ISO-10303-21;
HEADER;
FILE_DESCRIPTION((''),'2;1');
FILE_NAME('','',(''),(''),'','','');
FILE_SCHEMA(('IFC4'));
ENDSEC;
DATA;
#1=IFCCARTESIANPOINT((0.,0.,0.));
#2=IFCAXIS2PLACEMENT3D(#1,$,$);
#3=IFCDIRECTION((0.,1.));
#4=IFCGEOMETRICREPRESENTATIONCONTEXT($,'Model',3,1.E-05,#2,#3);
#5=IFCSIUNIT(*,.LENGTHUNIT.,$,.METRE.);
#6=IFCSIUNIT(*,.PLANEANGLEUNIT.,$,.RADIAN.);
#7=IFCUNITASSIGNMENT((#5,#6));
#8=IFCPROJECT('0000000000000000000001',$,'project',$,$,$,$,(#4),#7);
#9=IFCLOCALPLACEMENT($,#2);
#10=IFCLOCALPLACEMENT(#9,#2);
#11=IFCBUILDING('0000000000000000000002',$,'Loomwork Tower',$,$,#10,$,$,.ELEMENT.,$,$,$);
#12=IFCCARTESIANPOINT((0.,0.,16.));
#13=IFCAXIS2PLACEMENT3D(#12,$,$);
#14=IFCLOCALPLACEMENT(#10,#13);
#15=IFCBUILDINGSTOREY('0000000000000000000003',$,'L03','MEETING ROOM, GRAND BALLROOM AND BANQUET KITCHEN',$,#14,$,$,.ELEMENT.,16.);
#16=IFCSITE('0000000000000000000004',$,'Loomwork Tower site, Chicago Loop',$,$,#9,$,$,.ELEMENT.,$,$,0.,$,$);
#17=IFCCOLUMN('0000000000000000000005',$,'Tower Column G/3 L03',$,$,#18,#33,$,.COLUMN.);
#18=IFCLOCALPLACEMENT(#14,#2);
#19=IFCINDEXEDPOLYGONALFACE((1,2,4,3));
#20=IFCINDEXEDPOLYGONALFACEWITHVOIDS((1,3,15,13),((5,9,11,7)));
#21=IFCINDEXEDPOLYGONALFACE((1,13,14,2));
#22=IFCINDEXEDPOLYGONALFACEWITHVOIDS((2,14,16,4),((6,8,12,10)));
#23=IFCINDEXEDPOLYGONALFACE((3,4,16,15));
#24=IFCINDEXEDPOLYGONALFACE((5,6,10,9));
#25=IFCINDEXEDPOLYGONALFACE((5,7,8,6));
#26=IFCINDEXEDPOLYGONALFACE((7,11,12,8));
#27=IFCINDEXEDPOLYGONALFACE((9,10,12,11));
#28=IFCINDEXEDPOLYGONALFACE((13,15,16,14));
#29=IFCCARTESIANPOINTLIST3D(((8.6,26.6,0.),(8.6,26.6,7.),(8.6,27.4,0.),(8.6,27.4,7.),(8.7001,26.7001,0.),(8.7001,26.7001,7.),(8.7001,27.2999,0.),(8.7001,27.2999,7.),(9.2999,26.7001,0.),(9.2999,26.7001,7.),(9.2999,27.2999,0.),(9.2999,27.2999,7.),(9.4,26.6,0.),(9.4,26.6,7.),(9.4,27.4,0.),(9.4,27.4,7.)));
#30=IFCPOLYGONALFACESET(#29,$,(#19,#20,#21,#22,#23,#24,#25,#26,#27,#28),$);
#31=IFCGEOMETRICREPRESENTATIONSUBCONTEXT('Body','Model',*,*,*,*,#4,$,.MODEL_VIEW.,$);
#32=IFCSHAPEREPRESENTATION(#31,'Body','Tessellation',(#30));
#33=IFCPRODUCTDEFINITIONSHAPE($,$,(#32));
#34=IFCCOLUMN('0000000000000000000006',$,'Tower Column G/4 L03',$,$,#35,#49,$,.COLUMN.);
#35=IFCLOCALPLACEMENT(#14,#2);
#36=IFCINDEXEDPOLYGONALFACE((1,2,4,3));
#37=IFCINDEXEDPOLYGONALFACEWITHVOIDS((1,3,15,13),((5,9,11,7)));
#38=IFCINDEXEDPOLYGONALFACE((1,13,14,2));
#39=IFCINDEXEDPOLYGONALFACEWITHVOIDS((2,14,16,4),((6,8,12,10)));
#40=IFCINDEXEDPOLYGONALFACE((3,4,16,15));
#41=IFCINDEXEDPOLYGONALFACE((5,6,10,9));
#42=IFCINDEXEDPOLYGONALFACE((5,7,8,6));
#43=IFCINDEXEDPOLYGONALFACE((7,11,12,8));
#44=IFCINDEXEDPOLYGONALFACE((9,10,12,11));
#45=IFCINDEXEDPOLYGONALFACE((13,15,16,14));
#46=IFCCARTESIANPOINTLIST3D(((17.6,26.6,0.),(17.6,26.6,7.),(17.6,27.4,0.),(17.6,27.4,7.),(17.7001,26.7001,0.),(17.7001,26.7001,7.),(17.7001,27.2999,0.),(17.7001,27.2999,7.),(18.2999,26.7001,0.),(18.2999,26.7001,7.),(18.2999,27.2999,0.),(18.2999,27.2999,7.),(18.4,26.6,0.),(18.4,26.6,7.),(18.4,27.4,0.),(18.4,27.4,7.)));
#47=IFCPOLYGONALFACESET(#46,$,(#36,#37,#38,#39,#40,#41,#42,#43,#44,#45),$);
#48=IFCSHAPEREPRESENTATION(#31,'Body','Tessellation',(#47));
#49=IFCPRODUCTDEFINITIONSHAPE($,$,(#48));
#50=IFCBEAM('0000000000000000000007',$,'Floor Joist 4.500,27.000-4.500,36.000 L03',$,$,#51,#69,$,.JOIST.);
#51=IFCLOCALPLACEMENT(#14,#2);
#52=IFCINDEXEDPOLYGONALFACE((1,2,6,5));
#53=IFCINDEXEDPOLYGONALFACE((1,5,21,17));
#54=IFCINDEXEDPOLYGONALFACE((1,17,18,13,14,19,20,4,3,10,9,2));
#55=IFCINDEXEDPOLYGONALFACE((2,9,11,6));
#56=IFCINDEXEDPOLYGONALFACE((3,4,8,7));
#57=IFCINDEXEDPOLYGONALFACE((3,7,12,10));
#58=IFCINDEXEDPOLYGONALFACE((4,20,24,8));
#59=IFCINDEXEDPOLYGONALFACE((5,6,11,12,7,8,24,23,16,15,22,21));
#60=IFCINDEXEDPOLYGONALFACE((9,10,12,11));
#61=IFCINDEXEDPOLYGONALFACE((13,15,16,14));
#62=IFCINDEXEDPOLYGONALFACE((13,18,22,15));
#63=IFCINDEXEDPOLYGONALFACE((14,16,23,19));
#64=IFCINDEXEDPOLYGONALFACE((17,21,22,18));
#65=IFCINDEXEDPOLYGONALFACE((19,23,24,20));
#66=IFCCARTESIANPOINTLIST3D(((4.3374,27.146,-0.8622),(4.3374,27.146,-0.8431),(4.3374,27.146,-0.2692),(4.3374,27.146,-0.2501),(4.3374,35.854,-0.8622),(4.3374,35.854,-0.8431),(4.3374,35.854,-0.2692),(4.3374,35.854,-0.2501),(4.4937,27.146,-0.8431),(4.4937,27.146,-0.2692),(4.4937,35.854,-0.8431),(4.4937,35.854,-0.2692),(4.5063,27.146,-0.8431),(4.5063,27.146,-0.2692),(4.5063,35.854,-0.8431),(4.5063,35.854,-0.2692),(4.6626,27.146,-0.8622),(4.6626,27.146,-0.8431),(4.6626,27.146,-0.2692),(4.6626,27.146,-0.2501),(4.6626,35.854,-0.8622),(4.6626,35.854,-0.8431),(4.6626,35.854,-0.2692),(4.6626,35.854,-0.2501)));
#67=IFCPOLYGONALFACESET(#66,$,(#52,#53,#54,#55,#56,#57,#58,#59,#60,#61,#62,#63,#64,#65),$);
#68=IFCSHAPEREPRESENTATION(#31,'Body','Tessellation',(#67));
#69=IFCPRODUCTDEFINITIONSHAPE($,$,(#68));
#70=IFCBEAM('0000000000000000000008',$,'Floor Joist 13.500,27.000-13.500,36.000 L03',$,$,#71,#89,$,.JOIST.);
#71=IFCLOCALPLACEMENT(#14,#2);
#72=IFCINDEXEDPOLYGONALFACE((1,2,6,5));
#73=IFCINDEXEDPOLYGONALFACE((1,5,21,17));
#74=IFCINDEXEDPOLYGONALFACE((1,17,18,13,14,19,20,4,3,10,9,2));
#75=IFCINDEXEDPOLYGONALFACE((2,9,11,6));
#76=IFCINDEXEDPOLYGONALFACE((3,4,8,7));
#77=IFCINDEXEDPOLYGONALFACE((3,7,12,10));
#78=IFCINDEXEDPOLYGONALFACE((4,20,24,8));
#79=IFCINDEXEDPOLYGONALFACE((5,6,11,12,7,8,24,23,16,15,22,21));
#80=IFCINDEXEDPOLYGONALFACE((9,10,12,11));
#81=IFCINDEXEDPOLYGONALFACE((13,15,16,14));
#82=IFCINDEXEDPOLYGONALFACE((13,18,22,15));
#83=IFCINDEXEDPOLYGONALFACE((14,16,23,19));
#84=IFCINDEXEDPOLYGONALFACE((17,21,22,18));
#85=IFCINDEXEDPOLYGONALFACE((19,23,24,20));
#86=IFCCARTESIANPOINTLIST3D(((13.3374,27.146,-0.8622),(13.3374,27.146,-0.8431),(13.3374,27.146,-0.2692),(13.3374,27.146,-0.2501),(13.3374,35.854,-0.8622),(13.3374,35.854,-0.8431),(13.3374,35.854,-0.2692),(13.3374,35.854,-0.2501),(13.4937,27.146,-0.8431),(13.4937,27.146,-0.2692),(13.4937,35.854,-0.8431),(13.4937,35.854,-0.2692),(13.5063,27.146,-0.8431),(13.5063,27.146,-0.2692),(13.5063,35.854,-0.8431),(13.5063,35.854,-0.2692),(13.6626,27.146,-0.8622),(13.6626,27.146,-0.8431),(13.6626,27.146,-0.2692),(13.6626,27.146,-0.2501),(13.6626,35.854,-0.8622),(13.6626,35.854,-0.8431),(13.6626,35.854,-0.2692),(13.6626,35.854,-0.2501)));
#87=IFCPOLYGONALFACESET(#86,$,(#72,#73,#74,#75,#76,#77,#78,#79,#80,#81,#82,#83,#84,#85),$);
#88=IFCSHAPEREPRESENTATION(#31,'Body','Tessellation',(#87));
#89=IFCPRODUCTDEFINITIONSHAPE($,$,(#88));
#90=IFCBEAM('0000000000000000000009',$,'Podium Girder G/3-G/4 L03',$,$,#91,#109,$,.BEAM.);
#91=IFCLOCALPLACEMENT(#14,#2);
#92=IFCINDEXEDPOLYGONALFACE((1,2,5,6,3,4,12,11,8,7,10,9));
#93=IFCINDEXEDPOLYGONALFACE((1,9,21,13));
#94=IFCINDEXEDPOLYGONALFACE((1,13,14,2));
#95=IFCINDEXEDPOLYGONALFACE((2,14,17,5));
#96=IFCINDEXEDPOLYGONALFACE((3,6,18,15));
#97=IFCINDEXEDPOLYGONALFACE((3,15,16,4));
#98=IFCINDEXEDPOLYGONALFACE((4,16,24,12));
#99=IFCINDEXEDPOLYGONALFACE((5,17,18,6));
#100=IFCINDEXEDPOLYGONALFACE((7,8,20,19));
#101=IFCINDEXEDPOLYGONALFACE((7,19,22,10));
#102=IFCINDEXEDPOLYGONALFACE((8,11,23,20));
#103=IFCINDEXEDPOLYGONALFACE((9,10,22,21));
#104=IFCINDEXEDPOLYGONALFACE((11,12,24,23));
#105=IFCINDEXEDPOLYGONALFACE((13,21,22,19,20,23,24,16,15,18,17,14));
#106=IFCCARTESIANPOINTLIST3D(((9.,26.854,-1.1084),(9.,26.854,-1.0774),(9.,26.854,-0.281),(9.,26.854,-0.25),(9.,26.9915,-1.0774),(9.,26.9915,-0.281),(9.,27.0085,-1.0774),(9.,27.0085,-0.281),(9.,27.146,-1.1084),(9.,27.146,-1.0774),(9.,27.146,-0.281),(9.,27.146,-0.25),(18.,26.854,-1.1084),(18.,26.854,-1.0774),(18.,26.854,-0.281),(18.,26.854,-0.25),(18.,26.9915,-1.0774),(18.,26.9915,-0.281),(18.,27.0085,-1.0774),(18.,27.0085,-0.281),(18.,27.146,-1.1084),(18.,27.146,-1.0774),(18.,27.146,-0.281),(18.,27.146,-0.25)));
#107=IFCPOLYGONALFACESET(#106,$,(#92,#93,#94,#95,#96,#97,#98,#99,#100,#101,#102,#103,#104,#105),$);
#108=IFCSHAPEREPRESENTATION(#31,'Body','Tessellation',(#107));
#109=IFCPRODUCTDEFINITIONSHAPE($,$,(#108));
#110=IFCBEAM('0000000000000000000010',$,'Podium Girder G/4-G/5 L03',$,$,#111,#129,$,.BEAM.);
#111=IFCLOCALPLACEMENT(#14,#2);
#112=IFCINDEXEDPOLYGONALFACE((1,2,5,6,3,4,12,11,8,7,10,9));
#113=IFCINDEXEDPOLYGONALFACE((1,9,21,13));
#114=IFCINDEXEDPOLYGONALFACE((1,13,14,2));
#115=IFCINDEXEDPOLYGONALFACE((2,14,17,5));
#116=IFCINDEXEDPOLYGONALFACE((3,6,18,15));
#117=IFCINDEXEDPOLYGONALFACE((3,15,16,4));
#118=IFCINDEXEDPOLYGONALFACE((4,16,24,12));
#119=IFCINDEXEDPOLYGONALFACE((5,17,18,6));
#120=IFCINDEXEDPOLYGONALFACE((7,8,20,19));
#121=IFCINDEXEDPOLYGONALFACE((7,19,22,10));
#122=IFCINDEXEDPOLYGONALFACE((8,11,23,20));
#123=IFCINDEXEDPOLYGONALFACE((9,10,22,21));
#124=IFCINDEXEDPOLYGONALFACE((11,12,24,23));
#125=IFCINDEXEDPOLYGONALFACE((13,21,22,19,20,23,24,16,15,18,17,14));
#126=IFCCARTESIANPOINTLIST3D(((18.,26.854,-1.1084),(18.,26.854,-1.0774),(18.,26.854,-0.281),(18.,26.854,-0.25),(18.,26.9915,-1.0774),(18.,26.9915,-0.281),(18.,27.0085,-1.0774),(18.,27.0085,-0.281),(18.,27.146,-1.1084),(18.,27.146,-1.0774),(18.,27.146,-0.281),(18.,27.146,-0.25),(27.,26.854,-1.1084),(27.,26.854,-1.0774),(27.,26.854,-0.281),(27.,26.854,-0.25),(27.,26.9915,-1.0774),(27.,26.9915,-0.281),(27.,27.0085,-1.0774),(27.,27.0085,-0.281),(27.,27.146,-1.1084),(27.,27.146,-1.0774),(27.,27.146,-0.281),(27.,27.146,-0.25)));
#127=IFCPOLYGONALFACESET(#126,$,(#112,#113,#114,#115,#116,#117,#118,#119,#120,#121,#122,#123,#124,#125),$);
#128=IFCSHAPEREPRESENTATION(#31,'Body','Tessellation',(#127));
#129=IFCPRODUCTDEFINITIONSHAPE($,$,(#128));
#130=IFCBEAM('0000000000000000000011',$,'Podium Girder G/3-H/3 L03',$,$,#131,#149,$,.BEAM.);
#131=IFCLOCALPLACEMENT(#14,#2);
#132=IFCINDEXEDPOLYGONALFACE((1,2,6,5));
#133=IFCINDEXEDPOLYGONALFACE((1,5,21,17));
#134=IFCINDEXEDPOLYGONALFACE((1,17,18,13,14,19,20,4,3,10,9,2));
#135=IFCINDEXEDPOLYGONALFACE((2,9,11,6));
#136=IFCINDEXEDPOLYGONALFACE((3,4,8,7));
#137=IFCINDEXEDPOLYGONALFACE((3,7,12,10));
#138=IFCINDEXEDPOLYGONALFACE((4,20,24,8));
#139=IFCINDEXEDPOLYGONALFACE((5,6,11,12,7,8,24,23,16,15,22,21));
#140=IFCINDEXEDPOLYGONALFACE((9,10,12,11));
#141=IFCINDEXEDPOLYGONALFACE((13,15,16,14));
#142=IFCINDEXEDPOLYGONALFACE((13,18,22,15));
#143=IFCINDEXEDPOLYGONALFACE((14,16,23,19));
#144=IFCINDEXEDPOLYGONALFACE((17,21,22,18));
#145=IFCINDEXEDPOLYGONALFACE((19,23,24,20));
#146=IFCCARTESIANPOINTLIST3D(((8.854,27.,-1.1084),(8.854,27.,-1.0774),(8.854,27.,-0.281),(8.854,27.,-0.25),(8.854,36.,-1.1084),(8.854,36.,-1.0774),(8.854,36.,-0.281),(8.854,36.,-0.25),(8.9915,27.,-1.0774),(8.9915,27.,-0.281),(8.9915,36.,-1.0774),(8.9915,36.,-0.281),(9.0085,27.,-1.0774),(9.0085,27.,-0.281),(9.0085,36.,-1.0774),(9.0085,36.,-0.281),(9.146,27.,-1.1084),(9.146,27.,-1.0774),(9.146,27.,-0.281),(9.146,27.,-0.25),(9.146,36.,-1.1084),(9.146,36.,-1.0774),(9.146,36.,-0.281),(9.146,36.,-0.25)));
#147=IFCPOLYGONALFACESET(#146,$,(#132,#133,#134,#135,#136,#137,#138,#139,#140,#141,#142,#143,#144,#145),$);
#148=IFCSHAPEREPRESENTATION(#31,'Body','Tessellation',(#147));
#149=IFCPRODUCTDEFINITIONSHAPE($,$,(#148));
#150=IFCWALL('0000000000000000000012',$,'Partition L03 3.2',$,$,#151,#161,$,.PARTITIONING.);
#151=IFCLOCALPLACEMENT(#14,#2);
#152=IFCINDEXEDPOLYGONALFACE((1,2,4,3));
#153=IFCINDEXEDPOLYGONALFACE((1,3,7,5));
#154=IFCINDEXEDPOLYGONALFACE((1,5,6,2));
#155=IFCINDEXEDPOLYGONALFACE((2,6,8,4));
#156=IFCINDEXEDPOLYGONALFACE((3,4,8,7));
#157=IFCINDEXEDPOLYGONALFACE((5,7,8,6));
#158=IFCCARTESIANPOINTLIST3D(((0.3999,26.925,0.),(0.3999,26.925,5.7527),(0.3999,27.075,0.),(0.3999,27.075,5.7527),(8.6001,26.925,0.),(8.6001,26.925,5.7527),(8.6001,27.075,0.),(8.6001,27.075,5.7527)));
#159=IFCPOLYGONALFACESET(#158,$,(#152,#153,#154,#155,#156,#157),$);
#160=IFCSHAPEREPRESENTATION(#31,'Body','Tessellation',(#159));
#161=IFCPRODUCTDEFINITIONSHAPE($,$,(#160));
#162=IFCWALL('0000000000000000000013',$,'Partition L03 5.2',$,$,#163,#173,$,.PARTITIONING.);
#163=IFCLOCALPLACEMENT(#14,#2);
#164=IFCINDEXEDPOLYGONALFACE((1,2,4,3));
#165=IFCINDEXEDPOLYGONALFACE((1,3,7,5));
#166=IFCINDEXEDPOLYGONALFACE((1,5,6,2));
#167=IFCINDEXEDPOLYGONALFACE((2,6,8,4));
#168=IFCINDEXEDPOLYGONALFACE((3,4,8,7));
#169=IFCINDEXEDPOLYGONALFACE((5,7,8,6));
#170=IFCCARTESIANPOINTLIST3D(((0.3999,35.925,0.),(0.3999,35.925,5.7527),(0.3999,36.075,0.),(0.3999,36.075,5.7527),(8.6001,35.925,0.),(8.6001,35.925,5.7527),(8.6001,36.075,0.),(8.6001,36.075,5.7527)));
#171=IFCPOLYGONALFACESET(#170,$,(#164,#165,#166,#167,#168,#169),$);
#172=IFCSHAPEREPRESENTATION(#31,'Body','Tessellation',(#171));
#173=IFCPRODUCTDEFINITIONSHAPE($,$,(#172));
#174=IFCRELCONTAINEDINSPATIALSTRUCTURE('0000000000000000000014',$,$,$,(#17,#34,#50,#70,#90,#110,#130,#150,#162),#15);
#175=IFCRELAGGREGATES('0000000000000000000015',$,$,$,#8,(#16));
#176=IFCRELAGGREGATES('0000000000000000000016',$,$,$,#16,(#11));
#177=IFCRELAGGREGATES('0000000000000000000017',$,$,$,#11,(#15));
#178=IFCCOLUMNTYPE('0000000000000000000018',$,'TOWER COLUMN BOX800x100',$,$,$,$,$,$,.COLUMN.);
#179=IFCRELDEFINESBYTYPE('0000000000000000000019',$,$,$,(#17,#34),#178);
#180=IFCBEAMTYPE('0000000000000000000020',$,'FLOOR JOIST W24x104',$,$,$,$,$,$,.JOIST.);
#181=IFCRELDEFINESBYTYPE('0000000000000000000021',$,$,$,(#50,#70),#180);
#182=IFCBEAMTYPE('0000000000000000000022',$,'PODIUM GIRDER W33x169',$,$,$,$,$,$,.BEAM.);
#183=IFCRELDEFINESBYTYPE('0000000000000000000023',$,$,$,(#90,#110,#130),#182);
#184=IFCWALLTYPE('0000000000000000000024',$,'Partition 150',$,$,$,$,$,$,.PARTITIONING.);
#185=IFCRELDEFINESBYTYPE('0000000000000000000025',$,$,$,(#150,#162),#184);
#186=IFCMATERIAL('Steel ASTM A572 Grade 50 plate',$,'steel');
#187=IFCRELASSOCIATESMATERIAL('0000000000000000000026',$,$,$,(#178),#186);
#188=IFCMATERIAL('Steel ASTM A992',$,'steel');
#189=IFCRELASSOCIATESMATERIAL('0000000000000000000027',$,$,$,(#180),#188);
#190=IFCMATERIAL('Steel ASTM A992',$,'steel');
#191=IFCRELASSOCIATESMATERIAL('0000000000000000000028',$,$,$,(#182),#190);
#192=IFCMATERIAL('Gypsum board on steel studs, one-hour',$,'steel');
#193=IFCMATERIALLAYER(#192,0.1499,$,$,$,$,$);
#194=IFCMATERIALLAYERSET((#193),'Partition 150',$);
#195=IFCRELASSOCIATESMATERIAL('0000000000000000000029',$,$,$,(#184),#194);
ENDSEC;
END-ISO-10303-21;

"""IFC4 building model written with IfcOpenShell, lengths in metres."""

from ifc_helpers import new_model, si_unit, direction, frame, frame_2d, origin, origin_2d, place, context, subcontext, project, spatial, rectangle, hollow_rectangle, i_section, extrude, material, layer, layer_set, material_profile, profile_set, type_object, element, save


model = new_model("IFC4")

# Units and contexts
model_context = context("Model", 3, precision=1e-05, world=origin(), true_north=direction((0.0, 1.0)))
body_context = subcontext(model_context, "Body", "Model", "MODEL_VIEW")
ifc_project = project(units=[si_unit("LENGTHUNIT", "METRE"), si_unit("PLANEANGLEUNIT", "RADIAN")], contexts=[model_context])

# Site, building, storey
site_placement = place(None, origin())
site = spatial("IfcSite", under=ifc_project, at=site_placement, Name="Loomwork Tower site, Chicago Loop", CompositionType="ELEMENT", RefElevation=0.0)
building_placement = place(site_placement, origin())
building = spatial("IfcBuilding", under=site, at=building_placement, Name="Loomwork Tower", CompositionType="ELEMENT")
storey_placement = place(building_placement, frame((0.0, 0.0, 16.0)))
storey = spatial("IfcBuildingStorey", under=building, at=storey_placement, Name="L03", Description="MEETING ROOM, GRAND BALLROOM AND BANQUET KITCHEN", CompositionType="ELEMENT", Elevation=16.0)

# Columns
ifc_material_1 = material(Name="Steel ASTM A572 Grade 50 plate", Category="steel")
ifc_material_profile_1 = material_profile(ifc_material_1, hollow_rectangle(XDim=0.8, YDim=0.8, WallThickness=0.1001, at=origin_2d()), Name="BOX800x100")
ifc_profile_set_1 = profile_set([ifc_material_profile_1], Name="Steel ASTM A572 Grade 50 plate")
column_type = type_object("IfcColumnType", Name="TOWER COLUMN BOX800x100", PredefinedType="COLUMN", material=ifc_profile_set_1)
for number, where, z_axis, x_axis, name in (
    (1, (9.0, 27.0, 0.0), (0.0, 0.0, 1.0), (1.0, 0.0, 0.0), "Tower Column G/3 L03"),
    (2, (18.0, 27.0, 0.0), (0.0, 0.0, 1.0), (1.0, 0.0, 0.0), "Tower Column G/4 L03"),
):
    element("IfcColumn", number, at=place(storey_placement, frame(where, z_axis=z_axis, x_axis=x_axis)), inside=storey, type_object=column_type, Name=name, PredefinedType="COLUMN", context=body_context, shape_type="SweptSolid", body=[
        extrude(hollow_rectangle(XDim=0.8, YDim=0.8, WallThickness=0.1001, at=origin_2d()), origin(), (0.0, 0.0, 1.0), 7.0),
    ])

# Beams
ifc_material_2 = material(Name="Steel ASTM A992", Category="steel")
ifc_material_profile_2 = material_profile(ifc_material_2, i_section(OverallWidth=0.3252, OverallDepth=0.6121, WebThickness=0.0127, FlangeThickness=0.019, at=origin_2d()), Name="W24x104")
ifc_profile_set_2 = profile_set([ifc_material_profile_2], Name="Steel ASTM A992")
beam_type_1 = type_object("IfcBeamType", Name="FLOOR JOIST W24x104", PredefinedType="JOIST", material=ifc_profile_set_2)
for number, where, z_axis, x_axis, name in (
    (3, (4.5, 27.146, -0.5562), (0.0, 1.0, 0.0), (-1.0, 0.0, 0.0), "Floor Joist 4.500,27.000-4.500,36.000 L03"),
    (4, (13.5, 27.146, -0.5562), (0.0, 1.0, 0.0), (-1.0, 0.0, 0.0), "Floor Joist 13.500,27.000-13.500,36.000 L03"),
):
    element("IfcBeam", number, at=place(storey_placement, frame(where, z_axis=z_axis, x_axis=x_axis)), inside=storey, type_object=beam_type_1, Name=name, PredefinedType="JOIST", context=body_context, shape_type="SweptSolid", body=[
        extrude(i_section(OverallWidth=0.3252, OverallDepth=0.6121, WebThickness=0.0127, FlangeThickness=0.019, at=origin_2d()), origin(), (0.0, 0.0, 1.0), 8.708),
    ])
ifc_material_3 = material(Name="Steel ASTM A992", Category="steel")
ifc_material_profile_3 = material_profile(ifc_material_3, i_section(OverallWidth=0.292, OverallDepth=0.8584, WebThickness=0.0171, FlangeThickness=0.031, at=origin_2d()), Name="W33x169")
ifc_profile_set_3 = profile_set([ifc_material_profile_3], Name="Steel ASTM A992")
beam_type_2 = type_object("IfcBeamType", Name="PODIUM GIRDER W33x169", PredefinedType="BEAM", material=ifc_profile_set_3)
for number, where, z_axis, x_axis, name in (
    (5, (9.0, 27.0, -0.6792), (1.0, 0.0, 0.0), (0.0, 1.0, 0.0), "Podium Girder G/3-G/4 L03"),
    (6, (18.0, 27.0, -0.6792), (1.0, 0.0, 0.0), (0.0, 1.0, 0.0), "Podium Girder G/4-G/5 L03"),
    (7, (9.0, 27.0, -0.6792), (0.0, 1.0, 0.0), (-1.0, 0.0, 0.0), "Podium Girder G/3-H/3 L03"),
):
    element("IfcBeam", number, at=place(storey_placement, frame(where, z_axis=z_axis, x_axis=x_axis)), inside=storey, type_object=beam_type_2, Name=name, PredefinedType="BEAM", context=body_context, shape_type="SweptSolid", body=[
        extrude(i_section(OverallWidth=0.292, OverallDepth=0.8584, WebThickness=0.0171, FlangeThickness=0.031, at=origin_2d()), origin(), (0.0, 0.0, 1.0), 9.0),
    ])

# Walls
ifc_material_4 = material(Name="Gypsum board on steel studs, one-hour", Category="steel")
ifc_layer_1 = layer(ifc_material_4, 0.1499)
ifc_layer_set_1 = layer_set([ifc_layer_1], Name="Partition 150")
wall_type = type_object("IfcWallType", Name="Partition 150", PredefinedType="PARTITIONING", material=ifc_layer_set_1)
for number, where, z_axis, x_axis, name in (
    (8, (0.3999, 27.0, 0.0), (0.0, 0.0, 1.0), (1.0, 0.0, 0.0), "Partition L03 3.2"),
    (9, (0.3999, 36.0, 0.0), (0.0, 0.0, 1.0), (1.0, 0.0, 0.0), "Partition L03 5.2"),
):
    element("IfcWall", number, at=place(storey_placement, frame(where, z_axis=z_axis, x_axis=x_axis)), inside=storey, type_object=wall_type, Name=name, PredefinedType="PARTITIONING", context=body_context, shape_type="SweptSolid", body=[
        extrude(rectangle(XDim=8.2002, YDim=0.1499, at=frame_2d((4.1001, 0.0))), origin(), (0.0, 0.0, 1.0), 5.7527),
    ])

save(model, "model.ifc")
